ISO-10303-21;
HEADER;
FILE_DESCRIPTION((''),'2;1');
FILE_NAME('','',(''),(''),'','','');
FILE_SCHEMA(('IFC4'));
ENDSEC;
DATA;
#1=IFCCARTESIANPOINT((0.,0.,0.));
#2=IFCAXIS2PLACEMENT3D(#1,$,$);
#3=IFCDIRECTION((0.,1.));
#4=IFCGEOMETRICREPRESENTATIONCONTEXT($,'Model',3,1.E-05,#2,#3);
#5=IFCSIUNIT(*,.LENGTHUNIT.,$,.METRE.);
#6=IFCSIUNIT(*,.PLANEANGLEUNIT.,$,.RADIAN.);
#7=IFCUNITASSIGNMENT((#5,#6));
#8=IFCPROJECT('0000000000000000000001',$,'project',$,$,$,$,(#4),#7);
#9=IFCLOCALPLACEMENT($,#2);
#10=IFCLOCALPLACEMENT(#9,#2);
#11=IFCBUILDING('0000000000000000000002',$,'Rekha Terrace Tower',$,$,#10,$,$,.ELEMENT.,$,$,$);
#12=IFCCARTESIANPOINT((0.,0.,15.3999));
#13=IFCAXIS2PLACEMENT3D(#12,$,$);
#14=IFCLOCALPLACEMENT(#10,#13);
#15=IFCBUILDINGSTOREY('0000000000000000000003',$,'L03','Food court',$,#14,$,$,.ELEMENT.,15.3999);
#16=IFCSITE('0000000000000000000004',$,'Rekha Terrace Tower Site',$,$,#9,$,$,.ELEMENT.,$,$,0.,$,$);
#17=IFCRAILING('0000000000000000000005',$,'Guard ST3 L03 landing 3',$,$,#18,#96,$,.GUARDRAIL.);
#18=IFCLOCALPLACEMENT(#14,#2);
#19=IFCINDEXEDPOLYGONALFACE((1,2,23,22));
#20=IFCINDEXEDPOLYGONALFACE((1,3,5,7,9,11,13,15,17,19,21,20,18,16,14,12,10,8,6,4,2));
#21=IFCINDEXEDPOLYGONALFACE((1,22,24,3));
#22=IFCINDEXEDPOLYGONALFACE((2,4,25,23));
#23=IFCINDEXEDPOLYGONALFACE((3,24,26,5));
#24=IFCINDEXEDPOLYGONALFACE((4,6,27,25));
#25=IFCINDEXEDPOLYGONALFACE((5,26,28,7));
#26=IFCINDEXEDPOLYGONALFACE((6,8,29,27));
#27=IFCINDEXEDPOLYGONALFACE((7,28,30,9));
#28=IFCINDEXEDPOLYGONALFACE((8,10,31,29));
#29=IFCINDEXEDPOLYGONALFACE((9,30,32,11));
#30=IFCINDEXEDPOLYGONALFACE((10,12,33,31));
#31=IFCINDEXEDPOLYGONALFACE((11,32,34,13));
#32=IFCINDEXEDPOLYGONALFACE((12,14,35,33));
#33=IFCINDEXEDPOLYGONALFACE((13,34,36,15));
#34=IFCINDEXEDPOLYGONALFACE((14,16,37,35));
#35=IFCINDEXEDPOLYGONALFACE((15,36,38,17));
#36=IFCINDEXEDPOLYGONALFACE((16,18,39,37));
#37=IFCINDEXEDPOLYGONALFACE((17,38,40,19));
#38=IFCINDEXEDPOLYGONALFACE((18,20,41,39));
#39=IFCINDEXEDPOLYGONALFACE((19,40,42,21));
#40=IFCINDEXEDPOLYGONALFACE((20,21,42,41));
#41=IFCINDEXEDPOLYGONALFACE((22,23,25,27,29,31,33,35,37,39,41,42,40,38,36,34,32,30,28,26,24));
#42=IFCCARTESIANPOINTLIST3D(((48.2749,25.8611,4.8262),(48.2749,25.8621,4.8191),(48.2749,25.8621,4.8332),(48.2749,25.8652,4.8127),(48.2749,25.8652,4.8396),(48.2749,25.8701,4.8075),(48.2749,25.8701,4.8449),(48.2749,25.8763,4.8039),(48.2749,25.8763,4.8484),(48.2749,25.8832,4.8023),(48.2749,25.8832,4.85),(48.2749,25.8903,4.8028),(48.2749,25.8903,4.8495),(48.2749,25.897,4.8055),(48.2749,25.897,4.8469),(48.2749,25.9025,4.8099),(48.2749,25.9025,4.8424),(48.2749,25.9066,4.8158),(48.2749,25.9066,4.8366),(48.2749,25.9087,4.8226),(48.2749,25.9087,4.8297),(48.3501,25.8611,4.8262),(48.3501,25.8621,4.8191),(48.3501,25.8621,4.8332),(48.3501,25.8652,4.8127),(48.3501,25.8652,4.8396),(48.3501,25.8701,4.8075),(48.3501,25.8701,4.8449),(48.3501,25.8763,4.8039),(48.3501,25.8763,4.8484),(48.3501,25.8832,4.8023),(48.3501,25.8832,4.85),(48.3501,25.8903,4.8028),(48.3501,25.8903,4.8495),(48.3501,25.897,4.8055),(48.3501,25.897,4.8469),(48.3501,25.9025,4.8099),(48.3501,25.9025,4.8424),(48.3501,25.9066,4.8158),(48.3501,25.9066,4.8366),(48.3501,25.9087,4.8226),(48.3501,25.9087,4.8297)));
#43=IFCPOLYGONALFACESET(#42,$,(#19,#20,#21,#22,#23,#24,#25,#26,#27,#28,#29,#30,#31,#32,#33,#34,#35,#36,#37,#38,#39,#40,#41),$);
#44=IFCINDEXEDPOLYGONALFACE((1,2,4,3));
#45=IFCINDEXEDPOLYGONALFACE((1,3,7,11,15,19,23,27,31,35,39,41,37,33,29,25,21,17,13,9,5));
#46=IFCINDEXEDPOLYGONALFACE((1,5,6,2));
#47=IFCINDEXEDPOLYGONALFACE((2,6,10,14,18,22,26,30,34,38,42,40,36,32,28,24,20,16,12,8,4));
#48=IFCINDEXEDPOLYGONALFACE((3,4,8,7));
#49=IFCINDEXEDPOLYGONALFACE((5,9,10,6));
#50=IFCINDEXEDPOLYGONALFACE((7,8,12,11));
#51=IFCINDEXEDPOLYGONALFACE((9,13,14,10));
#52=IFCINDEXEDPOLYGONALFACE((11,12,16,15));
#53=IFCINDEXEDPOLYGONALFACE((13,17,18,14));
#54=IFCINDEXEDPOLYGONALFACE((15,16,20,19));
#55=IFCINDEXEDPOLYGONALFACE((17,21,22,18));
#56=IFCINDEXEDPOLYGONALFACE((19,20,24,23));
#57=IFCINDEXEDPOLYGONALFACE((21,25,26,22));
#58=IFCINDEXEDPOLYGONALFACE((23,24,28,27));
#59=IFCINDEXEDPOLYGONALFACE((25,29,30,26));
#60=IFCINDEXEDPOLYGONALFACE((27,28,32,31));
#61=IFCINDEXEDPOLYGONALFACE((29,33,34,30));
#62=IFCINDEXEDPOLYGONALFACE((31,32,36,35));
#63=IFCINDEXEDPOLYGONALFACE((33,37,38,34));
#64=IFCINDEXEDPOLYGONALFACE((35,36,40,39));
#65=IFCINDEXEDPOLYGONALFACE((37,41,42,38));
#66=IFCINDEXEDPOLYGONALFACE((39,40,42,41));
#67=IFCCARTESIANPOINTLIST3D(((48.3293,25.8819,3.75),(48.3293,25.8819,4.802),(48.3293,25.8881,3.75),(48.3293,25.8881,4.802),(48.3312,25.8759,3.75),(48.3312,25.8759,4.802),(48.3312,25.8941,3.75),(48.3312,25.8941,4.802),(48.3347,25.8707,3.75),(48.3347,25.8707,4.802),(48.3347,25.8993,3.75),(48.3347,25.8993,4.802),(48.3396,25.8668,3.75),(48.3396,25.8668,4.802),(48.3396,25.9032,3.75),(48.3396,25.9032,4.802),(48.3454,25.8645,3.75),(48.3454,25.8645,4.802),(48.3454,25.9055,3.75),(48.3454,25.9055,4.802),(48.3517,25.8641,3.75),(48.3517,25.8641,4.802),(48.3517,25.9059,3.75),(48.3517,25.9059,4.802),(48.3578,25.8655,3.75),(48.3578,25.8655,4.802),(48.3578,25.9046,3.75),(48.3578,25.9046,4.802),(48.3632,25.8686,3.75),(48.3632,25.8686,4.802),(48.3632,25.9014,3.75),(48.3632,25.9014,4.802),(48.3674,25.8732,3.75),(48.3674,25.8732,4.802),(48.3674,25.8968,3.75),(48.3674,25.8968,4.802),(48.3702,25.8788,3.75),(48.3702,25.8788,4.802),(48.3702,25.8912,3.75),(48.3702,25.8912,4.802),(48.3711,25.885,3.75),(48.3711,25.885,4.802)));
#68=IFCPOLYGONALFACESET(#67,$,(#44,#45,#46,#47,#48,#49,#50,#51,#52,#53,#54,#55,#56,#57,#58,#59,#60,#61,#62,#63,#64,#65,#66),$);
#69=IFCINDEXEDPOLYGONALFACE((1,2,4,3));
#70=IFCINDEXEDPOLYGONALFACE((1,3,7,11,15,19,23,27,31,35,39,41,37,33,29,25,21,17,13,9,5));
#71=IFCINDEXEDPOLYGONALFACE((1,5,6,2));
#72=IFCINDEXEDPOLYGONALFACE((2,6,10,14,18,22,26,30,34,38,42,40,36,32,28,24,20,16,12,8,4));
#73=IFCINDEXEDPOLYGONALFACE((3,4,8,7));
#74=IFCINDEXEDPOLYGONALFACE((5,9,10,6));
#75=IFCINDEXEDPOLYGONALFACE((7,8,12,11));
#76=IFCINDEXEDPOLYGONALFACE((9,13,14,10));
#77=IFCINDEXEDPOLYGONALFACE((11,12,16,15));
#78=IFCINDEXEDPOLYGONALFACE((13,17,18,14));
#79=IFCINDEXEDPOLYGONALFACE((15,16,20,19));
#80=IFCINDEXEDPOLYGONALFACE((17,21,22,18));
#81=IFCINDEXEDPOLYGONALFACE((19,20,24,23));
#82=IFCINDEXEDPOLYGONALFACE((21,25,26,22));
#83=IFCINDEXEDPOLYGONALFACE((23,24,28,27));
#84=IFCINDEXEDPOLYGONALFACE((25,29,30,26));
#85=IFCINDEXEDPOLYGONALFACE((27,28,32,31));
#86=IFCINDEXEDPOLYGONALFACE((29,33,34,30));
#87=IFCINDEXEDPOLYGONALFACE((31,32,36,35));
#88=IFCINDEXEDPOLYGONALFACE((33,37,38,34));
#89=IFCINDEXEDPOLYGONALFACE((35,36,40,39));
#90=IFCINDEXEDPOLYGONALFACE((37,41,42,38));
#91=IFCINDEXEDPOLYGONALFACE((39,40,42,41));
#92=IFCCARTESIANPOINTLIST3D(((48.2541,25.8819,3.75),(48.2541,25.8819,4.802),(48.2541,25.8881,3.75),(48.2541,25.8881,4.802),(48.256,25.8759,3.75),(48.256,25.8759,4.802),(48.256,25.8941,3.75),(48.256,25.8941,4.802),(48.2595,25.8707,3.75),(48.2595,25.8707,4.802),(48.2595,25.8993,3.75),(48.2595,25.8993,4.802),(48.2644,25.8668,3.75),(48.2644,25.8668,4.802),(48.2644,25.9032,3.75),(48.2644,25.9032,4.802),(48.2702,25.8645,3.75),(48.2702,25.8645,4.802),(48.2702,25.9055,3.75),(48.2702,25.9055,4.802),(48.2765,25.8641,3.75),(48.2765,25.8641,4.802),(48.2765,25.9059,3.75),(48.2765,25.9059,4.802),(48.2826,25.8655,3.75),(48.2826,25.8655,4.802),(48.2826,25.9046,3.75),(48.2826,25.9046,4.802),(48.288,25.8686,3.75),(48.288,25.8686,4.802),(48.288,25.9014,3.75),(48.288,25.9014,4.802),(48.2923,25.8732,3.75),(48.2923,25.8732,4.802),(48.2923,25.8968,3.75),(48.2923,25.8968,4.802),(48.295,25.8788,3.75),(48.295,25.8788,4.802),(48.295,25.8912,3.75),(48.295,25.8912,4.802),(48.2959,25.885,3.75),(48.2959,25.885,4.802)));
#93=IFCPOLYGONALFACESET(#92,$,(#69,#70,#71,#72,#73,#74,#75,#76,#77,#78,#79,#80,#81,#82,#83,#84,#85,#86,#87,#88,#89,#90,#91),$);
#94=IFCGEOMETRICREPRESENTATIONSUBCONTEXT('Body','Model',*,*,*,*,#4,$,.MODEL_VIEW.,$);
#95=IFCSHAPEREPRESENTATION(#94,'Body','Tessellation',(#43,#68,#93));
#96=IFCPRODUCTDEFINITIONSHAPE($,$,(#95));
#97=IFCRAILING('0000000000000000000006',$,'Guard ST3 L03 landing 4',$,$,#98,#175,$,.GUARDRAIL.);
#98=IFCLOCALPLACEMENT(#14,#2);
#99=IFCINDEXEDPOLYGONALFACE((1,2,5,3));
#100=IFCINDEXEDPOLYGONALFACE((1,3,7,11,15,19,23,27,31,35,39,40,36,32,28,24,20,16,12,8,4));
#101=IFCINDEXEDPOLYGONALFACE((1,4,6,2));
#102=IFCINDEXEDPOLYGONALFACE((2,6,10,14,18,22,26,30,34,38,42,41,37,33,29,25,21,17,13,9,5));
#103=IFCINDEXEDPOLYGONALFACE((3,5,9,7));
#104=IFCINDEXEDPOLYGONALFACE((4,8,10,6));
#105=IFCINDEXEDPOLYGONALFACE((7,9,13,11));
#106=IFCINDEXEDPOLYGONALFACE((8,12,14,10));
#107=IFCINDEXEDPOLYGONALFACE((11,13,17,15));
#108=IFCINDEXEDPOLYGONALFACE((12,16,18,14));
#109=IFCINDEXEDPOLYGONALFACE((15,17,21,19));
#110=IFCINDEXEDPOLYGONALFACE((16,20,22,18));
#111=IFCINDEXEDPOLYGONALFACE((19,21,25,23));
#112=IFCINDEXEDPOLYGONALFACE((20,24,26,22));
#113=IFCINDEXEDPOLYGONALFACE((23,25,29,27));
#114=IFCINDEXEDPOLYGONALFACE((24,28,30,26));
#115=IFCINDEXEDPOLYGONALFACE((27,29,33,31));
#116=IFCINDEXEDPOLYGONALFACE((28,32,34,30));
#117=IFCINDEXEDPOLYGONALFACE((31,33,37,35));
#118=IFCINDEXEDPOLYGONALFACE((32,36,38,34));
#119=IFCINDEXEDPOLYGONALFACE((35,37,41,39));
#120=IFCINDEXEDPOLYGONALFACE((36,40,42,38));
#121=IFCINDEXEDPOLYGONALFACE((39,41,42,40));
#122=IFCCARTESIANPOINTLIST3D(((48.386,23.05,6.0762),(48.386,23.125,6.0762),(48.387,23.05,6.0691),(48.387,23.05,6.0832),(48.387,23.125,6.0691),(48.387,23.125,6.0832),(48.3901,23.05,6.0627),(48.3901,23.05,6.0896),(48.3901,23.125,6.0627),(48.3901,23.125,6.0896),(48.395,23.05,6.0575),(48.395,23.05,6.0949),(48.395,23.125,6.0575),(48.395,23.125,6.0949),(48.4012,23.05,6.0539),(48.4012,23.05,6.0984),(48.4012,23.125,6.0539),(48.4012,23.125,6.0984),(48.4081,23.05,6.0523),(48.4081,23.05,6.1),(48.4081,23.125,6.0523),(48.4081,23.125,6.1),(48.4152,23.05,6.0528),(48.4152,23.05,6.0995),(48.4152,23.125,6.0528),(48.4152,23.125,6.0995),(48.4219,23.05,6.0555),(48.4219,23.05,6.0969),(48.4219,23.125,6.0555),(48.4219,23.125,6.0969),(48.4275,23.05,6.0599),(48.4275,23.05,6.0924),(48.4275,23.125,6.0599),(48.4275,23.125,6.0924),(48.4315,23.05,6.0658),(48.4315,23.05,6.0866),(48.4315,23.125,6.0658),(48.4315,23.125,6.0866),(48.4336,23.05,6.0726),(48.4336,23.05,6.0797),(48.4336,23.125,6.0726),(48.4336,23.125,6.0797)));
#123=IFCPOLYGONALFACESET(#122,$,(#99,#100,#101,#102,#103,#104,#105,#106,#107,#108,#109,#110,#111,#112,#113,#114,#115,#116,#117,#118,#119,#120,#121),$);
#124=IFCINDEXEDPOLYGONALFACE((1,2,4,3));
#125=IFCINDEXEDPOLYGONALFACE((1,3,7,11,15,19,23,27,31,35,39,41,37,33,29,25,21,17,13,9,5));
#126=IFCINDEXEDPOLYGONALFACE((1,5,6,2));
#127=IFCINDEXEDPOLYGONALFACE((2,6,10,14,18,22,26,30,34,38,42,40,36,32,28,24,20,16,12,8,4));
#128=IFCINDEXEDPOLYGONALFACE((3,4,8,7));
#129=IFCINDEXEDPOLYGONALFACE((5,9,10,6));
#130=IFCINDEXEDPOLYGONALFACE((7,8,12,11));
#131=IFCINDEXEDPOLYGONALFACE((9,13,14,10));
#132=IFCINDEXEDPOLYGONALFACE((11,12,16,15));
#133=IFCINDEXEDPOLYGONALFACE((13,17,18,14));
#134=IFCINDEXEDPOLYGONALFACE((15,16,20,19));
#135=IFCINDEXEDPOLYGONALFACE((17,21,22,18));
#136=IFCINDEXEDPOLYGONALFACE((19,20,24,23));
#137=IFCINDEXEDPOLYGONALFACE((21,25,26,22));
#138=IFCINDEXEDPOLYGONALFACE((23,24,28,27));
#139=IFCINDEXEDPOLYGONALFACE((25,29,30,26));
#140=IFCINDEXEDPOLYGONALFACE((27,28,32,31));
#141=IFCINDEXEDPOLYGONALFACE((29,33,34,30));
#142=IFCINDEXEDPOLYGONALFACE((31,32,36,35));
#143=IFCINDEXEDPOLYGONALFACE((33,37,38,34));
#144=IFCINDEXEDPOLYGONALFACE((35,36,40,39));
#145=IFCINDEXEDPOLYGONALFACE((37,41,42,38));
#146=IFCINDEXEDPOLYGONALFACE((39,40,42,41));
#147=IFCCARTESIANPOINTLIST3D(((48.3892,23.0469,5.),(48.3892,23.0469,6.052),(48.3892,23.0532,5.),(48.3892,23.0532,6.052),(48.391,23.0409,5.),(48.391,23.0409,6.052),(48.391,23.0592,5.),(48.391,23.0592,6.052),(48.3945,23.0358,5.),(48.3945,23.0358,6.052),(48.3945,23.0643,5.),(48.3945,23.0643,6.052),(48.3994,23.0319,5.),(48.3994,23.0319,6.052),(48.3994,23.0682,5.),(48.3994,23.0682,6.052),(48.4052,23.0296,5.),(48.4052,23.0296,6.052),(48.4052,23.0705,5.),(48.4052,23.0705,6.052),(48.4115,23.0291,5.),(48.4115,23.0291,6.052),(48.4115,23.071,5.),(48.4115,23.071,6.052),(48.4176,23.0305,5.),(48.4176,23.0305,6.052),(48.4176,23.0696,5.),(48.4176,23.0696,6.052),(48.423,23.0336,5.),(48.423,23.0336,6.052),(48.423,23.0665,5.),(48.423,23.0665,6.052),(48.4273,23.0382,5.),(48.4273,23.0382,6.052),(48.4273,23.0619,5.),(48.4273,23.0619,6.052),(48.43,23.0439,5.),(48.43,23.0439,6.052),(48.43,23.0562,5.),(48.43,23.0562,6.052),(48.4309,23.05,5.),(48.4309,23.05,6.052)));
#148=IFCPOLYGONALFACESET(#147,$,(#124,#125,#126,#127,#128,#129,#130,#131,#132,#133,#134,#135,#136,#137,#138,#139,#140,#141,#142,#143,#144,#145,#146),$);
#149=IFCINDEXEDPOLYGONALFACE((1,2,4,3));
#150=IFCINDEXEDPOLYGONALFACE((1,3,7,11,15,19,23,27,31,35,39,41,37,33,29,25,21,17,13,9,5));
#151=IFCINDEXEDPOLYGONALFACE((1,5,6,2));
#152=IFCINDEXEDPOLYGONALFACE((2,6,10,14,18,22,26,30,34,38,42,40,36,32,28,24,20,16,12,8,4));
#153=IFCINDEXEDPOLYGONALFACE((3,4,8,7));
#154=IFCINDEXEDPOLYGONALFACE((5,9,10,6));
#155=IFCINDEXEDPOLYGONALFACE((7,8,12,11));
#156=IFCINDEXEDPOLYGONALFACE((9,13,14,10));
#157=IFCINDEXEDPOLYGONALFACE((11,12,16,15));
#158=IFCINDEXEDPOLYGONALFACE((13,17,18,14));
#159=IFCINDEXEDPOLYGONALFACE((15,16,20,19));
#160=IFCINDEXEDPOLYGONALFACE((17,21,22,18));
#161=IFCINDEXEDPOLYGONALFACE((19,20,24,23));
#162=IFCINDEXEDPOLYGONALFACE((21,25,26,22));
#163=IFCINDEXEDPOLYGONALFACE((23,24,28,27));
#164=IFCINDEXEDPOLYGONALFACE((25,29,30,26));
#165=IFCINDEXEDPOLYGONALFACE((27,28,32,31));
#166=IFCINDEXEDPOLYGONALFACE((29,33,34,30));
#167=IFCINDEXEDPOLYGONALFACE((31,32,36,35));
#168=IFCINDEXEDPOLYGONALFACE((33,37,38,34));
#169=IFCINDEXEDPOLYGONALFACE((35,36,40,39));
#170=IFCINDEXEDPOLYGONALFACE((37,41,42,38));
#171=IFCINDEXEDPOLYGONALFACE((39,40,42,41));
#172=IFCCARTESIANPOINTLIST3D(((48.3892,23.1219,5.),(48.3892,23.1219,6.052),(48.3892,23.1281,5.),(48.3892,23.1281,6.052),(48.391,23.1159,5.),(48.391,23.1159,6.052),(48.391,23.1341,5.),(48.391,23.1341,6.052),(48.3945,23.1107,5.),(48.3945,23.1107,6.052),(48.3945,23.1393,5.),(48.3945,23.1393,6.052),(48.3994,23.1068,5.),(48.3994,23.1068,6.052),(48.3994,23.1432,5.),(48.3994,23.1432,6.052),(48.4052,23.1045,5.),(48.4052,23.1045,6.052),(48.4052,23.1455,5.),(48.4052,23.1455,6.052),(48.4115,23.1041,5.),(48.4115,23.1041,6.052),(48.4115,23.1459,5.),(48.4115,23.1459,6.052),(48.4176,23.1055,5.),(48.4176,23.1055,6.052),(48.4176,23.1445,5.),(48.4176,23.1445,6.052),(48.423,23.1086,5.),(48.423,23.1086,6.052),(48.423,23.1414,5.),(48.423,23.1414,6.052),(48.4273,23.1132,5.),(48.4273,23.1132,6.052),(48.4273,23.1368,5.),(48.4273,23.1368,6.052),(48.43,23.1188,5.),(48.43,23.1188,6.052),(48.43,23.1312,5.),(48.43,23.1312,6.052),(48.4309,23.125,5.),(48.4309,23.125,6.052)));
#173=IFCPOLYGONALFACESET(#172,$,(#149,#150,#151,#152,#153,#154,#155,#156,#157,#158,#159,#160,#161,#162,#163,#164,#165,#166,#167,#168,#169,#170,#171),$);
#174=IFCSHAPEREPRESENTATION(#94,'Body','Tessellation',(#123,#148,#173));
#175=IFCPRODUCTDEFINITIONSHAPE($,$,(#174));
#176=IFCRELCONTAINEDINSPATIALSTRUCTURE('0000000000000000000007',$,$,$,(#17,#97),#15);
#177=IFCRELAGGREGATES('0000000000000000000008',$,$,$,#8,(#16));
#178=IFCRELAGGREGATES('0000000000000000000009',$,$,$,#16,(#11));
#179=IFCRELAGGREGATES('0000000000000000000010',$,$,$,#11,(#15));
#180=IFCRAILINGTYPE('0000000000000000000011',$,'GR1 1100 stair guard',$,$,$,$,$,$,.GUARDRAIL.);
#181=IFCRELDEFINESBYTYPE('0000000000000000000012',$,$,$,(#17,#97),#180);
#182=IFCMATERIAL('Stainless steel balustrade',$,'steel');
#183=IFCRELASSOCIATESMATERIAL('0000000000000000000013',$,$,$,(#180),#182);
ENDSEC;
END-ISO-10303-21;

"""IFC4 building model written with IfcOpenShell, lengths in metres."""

from ifc_helpers import new_model, si_unit, direction, frame, origin, origin_2d, place, context, subcontext, project, spatial, circle, extrude, material, type_object, element, save


model = new_model("IFC4")

# Units and contexts
model_context = context("Model", 3, precision=1e-05, world=origin(), true_north=direction((0.0, 1.0)))
body_context = subcontext(model_context, "Body", "Model", "MODEL_VIEW")
ifc_project = project(units=[si_unit("LENGTHUNIT", "METRE"), si_unit("PLANEANGLEUNIT", "RADIAN")], contexts=[model_context])

# Site, building, storey
site_placement = place(None, origin())
site = spatial("IfcSite", under=ifc_project, at=site_placement, Name="Rekha Terrace Tower Site", CompositionType="ELEMENT", RefElevation=0.0)
building_placement = place(site_placement, origin())
building = spatial("IfcBuilding", under=site, at=building_placement, Name="Rekha Terrace Tower", CompositionType="ELEMENT")
storey_placement = place(building_placement, frame((0.0, 0.0, 15.3999)))
storey = spatial("IfcBuildingStorey", under=building, at=storey_placement, Name="L03", Description="Food court", CompositionType="ELEMENT", Elevation=15.3999)

# Railings
ifc_material_1 = material(Name="Stainless steel balustrade", Category="steel")
railing_type_1 = type_object("IfcRailingType", Name="GR1 1100 stair guard", PredefinedType="GUARDRAIL", material=ifc_material_1)
railing_1_placement = place(storey_placement, frame((48.3501, 25.885, 3.75)))
element("IfcRailing", 1, at=railing_1_placement, inside=storey, type_object=railing_type_1, Name="Guard ST3 L03 landing 3", PredefinedType="GUARDRAIL", context=body_context, shape_type="SweptSolid", body=[
    extrude(circle(Radius=0.0239, at=origin_2d()), frame((0.0, 0.0, 1.0762), z_axis=(-1.0, 0.0, 0.0), x_axis=(0.0, -1.0, 0.0)), (0.0, 0.0, 1.0), 0.0752),
    extrude(circle(Radius=0.021, at=origin_2d()), origin(), (0.0, 0.0, 1.0), 1.052),
    extrude(circle(Radius=0.021, at=origin_2d()), frame((-0.0752, 0.0, 0.0)), (0.0, 0.0, 1.0), 1.052),
])
railing_2_placement = place(storey_placement, frame((48.4099, 23.05, 5.0)))
element("IfcRailing", 2, at=railing_2_placement, inside=storey, type_object=railing_type_1, Name="Guard ST3 L03 landing 4", PredefinedType="GUARDRAIL", context=body_context, shape_type="SweptSolid", body=[
    extrude(circle(Radius=0.0239, at=origin_2d()), frame((0.0, 0.0, 1.0762), z_axis=(0.0, 1.0, 0.0), x_axis=(-1.0, 0.0, 0.0)), (0.0, 0.0, 1.0), 0.075),
    extrude(circle(Radius=0.021, at=origin_2d()), origin(), (0.0, 0.0, 1.0), 1.052),
    extrude(circle(Radius=0.021, at=origin_2d()), frame((0.0, 0.075, 0.0)), (0.0, 0.0, 1.0), 1.052),
])

save(model, "model.ifc")
